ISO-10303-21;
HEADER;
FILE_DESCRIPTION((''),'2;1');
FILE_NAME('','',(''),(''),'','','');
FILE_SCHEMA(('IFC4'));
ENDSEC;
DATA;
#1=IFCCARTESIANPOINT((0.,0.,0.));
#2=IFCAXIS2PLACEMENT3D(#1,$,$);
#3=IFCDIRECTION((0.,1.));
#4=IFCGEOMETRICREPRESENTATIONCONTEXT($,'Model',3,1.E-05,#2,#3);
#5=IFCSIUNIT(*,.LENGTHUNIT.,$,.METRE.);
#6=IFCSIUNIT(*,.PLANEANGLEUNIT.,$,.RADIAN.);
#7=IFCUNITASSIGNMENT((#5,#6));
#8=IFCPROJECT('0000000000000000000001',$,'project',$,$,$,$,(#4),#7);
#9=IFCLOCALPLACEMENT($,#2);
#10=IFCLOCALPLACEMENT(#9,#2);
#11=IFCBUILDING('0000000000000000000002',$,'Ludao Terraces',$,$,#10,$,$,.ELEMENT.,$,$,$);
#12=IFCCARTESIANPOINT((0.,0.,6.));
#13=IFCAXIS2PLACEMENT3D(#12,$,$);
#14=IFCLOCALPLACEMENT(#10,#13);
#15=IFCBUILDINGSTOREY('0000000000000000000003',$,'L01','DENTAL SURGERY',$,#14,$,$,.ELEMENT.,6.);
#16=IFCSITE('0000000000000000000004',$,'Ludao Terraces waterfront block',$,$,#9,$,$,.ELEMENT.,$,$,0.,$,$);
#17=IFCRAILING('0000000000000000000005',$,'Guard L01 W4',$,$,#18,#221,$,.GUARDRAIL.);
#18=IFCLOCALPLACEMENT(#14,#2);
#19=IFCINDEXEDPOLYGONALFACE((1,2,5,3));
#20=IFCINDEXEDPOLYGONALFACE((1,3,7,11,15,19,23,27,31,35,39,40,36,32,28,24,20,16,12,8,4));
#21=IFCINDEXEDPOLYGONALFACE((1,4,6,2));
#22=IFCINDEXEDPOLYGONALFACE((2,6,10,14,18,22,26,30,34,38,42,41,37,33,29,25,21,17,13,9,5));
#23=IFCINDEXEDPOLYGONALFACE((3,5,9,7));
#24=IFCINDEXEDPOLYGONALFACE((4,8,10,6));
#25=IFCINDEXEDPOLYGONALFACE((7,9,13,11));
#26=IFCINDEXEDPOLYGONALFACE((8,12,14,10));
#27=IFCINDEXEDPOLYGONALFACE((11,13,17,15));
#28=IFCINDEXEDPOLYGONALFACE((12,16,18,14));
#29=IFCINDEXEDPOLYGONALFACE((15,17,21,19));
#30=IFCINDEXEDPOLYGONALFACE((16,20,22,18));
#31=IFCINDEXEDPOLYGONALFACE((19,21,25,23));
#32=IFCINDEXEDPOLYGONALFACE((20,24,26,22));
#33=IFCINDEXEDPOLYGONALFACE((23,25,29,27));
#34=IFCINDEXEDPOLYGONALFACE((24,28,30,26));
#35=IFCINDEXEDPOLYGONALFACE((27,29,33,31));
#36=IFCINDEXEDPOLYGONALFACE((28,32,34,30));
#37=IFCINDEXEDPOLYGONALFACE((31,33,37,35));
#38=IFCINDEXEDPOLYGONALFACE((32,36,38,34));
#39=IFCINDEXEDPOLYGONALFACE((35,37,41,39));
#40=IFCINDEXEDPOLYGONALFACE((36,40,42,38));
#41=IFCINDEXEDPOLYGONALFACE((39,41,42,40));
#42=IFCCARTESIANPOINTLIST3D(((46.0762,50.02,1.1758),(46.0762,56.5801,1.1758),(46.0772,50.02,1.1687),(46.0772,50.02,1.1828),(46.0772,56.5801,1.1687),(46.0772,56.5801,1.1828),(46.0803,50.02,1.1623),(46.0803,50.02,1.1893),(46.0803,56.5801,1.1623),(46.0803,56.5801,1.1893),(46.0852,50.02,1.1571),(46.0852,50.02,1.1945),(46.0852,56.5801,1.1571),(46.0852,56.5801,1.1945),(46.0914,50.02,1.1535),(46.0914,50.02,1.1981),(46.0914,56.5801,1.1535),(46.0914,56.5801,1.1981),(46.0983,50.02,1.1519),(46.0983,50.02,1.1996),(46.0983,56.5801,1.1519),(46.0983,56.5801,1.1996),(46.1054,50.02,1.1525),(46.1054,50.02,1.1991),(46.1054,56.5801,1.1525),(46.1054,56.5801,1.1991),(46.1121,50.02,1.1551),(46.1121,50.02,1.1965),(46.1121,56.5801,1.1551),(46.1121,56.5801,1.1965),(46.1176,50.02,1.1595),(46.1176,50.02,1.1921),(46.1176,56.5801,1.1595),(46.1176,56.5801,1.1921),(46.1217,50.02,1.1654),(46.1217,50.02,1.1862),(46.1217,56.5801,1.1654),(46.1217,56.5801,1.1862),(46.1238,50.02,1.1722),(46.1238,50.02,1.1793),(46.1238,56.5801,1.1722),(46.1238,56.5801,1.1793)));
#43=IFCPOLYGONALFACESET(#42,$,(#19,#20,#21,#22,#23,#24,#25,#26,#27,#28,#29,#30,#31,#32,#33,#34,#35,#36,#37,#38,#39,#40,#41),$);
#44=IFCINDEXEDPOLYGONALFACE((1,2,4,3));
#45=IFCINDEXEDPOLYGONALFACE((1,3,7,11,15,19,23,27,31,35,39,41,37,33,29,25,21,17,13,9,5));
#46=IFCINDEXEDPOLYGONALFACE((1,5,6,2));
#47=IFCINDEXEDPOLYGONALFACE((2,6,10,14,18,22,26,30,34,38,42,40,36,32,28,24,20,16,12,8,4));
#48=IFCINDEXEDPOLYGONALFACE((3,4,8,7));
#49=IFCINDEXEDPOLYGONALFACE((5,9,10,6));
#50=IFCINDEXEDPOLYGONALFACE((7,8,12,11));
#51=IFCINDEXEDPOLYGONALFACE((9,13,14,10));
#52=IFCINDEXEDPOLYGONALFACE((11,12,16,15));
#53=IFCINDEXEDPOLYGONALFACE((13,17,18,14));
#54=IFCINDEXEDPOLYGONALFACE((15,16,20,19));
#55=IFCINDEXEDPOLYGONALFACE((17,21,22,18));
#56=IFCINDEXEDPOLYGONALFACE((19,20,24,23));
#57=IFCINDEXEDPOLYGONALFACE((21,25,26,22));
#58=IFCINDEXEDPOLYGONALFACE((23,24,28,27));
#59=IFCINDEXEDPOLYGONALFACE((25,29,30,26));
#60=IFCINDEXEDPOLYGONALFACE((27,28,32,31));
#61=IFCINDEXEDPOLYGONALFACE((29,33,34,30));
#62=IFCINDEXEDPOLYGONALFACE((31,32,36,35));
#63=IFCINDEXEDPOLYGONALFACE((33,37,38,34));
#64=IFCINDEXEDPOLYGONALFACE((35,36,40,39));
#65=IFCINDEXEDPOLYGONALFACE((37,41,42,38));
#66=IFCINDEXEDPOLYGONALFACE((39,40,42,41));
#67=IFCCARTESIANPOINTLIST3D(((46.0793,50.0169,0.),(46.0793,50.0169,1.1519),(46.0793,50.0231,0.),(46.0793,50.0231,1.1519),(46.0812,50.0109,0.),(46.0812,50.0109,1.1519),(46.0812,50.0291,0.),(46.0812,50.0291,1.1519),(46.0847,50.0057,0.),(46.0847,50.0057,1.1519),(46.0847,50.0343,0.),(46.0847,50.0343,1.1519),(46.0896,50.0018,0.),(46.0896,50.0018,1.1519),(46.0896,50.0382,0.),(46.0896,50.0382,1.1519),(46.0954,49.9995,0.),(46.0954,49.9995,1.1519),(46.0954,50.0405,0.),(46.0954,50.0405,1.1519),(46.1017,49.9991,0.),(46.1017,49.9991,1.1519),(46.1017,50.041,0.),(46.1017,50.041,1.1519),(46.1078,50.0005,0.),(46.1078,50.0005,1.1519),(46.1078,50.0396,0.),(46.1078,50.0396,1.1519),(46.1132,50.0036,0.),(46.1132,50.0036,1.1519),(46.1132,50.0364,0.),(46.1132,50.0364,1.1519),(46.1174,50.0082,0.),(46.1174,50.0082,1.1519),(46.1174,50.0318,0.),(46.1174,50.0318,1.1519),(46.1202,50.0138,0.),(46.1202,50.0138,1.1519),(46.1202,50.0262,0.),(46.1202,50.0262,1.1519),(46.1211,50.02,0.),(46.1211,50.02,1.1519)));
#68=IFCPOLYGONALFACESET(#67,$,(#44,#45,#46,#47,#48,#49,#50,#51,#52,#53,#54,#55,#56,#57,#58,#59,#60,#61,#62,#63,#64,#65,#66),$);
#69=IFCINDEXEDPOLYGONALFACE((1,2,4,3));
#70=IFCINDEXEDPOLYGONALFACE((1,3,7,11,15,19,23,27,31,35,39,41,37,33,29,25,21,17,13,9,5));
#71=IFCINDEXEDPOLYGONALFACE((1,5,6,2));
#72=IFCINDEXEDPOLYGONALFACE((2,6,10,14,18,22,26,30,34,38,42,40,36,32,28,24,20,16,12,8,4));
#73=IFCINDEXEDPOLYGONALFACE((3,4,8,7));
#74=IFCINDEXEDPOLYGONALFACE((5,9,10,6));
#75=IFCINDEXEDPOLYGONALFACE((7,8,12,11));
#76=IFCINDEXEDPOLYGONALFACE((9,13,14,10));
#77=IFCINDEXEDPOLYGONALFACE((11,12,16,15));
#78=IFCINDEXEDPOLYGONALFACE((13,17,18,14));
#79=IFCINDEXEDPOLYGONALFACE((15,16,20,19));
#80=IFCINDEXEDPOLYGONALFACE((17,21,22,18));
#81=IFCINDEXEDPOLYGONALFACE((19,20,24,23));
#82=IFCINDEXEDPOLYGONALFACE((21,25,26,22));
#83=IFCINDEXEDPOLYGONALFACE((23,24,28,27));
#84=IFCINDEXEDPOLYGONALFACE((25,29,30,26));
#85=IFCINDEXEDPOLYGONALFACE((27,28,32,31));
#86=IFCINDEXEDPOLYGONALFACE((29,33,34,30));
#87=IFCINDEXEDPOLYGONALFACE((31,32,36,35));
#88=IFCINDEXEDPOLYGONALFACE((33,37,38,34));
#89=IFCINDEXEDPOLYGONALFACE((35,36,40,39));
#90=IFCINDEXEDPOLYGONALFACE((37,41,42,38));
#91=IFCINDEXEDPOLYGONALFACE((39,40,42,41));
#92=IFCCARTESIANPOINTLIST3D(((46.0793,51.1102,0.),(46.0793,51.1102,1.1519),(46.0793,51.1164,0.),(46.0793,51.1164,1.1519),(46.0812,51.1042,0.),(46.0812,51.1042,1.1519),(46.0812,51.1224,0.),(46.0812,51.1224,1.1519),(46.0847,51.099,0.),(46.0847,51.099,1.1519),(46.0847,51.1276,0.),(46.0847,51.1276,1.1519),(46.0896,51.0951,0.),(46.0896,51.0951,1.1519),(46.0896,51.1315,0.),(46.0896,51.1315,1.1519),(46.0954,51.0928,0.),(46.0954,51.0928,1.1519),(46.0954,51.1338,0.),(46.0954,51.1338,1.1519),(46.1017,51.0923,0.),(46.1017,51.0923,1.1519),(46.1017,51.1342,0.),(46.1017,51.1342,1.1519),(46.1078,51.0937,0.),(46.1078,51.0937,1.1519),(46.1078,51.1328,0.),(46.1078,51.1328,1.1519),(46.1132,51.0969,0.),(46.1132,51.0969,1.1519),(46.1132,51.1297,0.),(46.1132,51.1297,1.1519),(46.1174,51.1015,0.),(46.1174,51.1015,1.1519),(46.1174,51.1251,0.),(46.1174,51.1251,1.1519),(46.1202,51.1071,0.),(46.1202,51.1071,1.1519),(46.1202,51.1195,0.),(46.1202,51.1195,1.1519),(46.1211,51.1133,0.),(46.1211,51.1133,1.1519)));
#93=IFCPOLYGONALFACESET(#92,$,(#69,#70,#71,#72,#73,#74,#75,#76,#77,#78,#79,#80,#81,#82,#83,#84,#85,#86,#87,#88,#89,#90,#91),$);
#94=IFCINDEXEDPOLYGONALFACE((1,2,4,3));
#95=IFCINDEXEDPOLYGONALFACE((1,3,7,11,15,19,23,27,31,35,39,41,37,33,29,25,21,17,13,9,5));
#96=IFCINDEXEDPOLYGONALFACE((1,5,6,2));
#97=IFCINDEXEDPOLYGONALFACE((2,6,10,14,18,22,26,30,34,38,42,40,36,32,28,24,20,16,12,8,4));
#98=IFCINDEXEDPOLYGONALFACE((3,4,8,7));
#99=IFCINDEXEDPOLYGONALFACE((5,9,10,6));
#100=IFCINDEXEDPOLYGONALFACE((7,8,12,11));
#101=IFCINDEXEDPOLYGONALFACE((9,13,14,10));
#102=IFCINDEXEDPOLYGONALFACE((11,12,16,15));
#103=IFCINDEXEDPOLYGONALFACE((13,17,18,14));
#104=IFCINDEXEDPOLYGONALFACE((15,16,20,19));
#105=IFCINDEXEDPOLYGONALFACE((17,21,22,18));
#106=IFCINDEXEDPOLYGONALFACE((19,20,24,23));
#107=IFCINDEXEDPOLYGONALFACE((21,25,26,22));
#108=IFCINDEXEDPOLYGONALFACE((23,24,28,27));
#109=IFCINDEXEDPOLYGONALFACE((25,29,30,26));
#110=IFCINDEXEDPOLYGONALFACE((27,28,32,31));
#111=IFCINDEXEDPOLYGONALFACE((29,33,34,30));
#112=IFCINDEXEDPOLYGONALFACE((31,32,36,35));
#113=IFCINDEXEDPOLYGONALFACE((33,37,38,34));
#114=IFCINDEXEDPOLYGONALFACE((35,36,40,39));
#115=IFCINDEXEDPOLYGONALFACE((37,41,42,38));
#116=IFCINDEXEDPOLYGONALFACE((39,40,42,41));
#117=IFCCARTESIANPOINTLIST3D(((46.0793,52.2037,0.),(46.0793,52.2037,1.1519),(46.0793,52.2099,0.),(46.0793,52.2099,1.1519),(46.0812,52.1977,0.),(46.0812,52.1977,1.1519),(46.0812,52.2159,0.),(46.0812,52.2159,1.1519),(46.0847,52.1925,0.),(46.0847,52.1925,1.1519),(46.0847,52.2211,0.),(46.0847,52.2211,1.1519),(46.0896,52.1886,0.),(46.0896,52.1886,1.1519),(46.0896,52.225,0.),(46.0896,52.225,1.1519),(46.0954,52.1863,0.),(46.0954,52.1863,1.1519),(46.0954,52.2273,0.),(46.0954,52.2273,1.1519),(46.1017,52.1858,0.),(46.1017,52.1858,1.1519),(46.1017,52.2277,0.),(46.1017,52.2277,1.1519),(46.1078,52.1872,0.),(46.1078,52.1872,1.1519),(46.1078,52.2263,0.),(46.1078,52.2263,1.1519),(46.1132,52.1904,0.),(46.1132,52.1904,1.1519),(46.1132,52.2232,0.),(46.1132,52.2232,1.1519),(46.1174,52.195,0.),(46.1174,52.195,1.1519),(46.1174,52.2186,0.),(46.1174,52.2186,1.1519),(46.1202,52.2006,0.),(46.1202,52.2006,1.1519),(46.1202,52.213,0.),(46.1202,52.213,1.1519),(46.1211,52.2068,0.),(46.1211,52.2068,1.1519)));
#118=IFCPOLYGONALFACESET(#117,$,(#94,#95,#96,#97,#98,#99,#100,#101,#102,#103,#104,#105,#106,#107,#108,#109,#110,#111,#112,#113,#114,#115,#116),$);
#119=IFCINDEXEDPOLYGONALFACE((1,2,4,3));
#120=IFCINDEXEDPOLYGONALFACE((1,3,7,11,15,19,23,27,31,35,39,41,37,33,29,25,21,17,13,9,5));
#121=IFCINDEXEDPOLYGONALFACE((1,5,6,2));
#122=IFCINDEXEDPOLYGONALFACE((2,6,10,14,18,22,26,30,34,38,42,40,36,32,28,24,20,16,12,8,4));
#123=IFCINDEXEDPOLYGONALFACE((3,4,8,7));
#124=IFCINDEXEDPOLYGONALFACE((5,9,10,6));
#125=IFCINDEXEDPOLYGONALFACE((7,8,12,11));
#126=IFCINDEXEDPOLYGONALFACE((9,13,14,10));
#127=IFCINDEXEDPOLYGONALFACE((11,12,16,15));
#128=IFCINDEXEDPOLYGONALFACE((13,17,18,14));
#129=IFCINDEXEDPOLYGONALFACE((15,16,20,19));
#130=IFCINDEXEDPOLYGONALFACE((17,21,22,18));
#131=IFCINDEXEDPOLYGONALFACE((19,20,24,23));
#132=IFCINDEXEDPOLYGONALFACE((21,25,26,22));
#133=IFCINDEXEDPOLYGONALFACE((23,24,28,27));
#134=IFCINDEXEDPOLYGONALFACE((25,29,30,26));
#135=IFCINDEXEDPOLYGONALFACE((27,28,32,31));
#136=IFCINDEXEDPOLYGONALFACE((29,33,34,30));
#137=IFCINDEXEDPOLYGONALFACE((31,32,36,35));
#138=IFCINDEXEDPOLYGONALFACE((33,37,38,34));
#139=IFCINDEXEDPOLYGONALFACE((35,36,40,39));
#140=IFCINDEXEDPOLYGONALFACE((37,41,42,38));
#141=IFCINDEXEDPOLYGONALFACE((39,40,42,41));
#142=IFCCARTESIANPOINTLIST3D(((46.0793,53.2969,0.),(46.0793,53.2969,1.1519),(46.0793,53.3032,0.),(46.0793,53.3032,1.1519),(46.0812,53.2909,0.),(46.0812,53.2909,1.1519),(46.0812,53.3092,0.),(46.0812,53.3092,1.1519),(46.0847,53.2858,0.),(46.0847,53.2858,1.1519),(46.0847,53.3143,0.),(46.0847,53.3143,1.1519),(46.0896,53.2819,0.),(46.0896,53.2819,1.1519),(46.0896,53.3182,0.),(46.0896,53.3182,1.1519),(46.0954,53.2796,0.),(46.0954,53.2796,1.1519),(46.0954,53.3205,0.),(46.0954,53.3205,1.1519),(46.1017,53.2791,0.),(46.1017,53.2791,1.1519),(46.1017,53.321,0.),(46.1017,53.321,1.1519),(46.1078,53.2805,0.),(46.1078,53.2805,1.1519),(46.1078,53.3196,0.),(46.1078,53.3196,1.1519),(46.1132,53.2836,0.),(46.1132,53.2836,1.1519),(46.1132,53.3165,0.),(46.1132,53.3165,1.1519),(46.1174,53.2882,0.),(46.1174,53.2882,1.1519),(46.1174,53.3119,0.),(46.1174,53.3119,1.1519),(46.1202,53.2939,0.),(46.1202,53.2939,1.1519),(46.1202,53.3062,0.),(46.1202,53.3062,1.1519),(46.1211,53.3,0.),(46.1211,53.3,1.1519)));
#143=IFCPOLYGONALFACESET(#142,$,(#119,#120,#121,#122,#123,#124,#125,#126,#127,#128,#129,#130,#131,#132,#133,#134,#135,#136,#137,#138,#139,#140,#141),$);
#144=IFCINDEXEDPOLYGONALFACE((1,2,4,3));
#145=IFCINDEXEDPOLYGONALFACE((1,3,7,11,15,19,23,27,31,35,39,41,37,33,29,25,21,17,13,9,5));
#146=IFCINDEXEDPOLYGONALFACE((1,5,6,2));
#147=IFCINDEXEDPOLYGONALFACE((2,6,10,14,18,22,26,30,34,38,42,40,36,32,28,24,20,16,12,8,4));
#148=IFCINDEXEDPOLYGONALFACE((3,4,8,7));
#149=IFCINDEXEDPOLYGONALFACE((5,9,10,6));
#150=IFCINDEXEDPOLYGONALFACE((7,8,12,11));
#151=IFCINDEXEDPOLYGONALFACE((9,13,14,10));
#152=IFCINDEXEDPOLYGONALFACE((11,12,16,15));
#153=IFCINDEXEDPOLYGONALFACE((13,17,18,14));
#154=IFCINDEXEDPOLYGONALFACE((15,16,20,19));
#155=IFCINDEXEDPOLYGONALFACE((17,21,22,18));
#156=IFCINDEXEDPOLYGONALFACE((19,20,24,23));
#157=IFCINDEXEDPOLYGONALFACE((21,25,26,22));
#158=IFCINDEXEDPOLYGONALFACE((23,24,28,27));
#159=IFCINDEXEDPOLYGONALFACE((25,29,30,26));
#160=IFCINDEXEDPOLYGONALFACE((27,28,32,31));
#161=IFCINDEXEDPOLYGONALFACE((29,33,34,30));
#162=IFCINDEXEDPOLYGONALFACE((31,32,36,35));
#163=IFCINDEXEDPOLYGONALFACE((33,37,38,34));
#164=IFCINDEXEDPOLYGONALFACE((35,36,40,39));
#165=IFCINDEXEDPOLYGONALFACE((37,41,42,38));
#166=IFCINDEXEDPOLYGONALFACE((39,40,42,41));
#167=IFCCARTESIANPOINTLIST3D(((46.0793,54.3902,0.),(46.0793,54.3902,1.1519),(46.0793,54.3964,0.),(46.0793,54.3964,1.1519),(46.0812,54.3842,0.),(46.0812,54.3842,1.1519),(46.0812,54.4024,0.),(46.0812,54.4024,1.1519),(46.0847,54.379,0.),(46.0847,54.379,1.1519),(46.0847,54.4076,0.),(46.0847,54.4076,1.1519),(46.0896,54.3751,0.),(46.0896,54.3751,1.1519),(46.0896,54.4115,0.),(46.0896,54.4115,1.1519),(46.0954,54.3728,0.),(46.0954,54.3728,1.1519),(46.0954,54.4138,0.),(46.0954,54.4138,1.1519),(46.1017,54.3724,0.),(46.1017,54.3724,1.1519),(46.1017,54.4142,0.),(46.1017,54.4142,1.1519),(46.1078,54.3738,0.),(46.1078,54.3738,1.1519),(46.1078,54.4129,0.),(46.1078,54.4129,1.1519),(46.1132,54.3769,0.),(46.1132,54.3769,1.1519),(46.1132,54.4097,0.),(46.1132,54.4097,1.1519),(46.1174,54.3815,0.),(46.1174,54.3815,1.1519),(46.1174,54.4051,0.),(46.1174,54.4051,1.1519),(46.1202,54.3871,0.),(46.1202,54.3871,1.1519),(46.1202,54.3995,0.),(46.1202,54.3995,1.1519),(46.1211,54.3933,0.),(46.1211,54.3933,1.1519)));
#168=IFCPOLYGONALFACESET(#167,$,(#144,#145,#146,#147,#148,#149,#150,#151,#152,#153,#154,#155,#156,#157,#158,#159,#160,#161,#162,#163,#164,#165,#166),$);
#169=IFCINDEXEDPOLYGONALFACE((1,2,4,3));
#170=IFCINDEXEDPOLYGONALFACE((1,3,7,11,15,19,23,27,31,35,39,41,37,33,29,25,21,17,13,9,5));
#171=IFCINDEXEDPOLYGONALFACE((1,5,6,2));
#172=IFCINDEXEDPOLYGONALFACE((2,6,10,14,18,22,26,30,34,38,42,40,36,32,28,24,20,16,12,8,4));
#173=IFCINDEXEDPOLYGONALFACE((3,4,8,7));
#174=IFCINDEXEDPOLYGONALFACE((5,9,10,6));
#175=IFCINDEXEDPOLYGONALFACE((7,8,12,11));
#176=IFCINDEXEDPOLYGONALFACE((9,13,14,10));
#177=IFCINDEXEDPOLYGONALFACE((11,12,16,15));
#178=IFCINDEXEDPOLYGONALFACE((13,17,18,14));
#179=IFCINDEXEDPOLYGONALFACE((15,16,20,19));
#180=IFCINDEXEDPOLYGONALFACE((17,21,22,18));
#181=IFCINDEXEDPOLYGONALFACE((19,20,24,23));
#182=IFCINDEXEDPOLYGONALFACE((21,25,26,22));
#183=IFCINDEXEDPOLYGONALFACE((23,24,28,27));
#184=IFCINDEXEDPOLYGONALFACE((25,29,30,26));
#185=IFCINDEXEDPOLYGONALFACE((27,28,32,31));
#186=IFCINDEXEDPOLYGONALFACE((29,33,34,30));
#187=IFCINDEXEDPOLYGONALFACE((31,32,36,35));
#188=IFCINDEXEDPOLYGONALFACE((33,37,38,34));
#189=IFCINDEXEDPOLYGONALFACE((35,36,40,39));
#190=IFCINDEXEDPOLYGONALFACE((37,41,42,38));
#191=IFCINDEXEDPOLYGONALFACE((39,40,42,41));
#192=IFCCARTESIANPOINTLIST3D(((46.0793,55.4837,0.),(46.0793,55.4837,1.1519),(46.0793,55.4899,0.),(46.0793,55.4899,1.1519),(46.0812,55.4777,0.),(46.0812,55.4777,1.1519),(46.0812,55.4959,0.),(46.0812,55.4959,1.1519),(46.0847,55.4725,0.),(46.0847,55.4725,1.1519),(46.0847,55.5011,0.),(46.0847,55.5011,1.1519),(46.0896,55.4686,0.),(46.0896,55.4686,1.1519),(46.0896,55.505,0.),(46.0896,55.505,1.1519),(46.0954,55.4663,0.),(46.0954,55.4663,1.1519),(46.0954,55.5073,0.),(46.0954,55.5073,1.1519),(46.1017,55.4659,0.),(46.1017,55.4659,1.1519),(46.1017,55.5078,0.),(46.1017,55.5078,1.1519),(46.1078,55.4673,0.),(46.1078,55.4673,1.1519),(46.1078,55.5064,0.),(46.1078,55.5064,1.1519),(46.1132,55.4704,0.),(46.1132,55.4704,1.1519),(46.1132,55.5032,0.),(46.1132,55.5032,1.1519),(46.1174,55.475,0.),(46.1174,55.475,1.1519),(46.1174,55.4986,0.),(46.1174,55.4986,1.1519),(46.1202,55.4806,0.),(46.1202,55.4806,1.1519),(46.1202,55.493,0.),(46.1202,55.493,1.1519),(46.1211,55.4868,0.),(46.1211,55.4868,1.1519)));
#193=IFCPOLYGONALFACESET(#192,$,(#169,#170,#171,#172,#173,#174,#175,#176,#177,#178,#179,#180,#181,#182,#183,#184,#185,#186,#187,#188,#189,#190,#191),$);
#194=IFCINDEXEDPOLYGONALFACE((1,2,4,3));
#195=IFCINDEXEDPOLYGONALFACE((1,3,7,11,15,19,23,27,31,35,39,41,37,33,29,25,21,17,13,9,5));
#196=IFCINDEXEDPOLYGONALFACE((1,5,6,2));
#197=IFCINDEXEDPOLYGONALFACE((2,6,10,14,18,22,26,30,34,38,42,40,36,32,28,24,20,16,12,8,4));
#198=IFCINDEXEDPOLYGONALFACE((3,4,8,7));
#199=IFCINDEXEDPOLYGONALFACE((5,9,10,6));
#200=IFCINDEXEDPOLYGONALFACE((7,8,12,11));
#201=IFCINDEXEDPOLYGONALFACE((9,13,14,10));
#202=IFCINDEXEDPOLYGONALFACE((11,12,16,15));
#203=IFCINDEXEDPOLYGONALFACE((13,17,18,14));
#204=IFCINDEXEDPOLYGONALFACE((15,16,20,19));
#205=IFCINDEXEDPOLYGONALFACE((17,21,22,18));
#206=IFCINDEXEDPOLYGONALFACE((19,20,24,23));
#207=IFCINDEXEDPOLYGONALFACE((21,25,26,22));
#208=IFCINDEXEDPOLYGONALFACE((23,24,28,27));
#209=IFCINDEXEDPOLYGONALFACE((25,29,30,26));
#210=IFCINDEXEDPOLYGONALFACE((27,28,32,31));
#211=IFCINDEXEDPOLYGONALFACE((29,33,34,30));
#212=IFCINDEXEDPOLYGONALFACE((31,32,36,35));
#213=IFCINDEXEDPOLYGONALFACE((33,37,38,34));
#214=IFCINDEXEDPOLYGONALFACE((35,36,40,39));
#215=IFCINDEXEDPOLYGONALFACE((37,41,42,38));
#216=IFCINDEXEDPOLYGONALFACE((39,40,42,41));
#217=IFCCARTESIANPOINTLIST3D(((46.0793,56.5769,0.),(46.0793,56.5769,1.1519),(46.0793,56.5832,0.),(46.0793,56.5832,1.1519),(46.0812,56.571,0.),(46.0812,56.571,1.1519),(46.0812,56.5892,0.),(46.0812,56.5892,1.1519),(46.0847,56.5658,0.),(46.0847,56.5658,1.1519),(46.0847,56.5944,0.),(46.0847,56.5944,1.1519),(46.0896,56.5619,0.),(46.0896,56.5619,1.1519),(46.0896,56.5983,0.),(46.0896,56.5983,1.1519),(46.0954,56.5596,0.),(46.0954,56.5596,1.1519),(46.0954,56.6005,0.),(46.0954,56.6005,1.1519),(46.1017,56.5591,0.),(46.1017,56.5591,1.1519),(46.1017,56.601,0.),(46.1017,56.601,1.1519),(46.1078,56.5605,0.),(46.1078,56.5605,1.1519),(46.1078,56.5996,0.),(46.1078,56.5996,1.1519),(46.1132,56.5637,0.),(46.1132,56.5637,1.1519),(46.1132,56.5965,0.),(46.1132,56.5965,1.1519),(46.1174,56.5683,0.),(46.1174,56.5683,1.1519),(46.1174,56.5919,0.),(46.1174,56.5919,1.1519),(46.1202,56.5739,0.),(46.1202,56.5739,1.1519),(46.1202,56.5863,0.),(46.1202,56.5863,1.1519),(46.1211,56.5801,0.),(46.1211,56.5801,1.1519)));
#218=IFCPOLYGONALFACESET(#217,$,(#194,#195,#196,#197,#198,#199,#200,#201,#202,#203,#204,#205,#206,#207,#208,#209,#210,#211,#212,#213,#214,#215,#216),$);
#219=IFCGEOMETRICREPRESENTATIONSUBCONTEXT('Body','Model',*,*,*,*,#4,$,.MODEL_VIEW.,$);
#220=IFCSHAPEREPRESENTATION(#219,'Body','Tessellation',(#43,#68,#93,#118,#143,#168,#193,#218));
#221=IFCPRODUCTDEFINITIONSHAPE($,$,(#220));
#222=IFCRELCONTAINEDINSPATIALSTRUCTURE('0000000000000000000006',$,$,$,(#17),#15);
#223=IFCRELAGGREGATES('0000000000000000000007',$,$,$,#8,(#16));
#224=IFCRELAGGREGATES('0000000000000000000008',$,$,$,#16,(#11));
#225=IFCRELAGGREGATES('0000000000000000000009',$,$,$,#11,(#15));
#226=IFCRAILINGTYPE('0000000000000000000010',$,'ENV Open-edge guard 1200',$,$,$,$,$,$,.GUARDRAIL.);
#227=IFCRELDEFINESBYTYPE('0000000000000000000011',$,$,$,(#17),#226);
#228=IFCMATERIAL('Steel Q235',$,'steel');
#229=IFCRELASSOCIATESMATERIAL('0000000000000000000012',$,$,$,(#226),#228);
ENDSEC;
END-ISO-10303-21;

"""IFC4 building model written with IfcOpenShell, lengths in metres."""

from ifc_helpers import new_model, si_unit, direction, frame, origin, origin_2d, place, context, subcontext, project, spatial, circle, extrude, material, type_object, element, save


model = new_model("IFC4")

# Units and contexts
model_context = context("Model", 3, precision=1e-05, world=origin(), true_north=direction((0.0, 1.0)))
body_context = subcontext(model_context, "Body", "Model", "MODEL_VIEW")
ifc_project = project(units=[si_unit("LENGTHUNIT", "METRE"), si_unit("PLANEANGLEUNIT", "RADIAN")], contexts=[model_context])

# Site, building, storey
site_placement = place(None, origin())
site = spatial("IfcSite", under=ifc_project, at=site_placement, Name="Ludao Terraces waterfront block", CompositionType="ELEMENT", RefElevation=0.0)
building_placement = place(site_placement, origin())
building = spatial("IfcBuilding", under=site, at=building_placement, Name="Ludao Terraces", CompositionType="ELEMENT")
storey_placement = place(building_placement, frame((0.0, 0.0, 6.0)))
storey = spatial("IfcBuildingStorey", under=building, at=storey_placement, Name="L01", Description="DENTAL SURGERY", CompositionType="ELEMENT", Elevation=6.0)

# Shared definitions
ifc_material_1 = material(Name="Steel Q235", Category="steel")

# Railing
railing_type = type_object("IfcRailingType", Name="ENV Open-edge guard 1200", PredefinedType="GUARDRAIL", material=ifc_material_1)
railing_placement = place(storey_placement, frame((46.1001, 50.02, 0.0)))
element("IfcRailing", 1, at=railing_placement, inside=storey, type_object=railing_type, Name="Guard L01 W4", PredefinedType="GUARDRAIL", context=body_context, shape_type="SweptSolid", body=[
    extrude(circle(Radius=0.0239, at=origin_2d()), frame((0.0, 0.0, 1.1758), z_axis=(0.0, 1.0, 0.0), x_axis=(-1.0, 0.0, 0.0)), (0.0, 0.0, 1.0), 6.5601),
    extrude(circle(Radius=0.021, at=origin_2d()), origin(), (0.0, 0.0, 1.0), 1.1519),
    extrude(circle(Radius=0.021, at=origin_2d()), frame((0.0, 1.0933, 0.0)), (0.0, 0.0, 1.0), 1.1519),
    extrude(circle(Radius=0.021, at=origin_2d()), frame((0.0, 2.1868, 0.0)), (0.0, 0.0, 1.0), 1.1519),
    extrude(circle(Radius=0.021, at=origin_2d()), frame((0.0, 3.28, 0.0)), (0.0, 0.0, 1.0), 1.1519),
    extrude(circle(Radius=0.021, at=origin_2d()), frame((0.0, 4.3733, 0.0)), (0.0, 0.0, 1.0), 1.1519),
    extrude(circle(Radius=0.021, at=origin_2d()), frame((0.0, 5.4668, 0.0)), (0.0, 0.0, 1.0), 1.1519),
    extrude(circle(Radius=0.021, at=origin_2d()), frame((0.0, 6.5601, 0.0)), (0.0, 0.0, 1.0), 1.1519),
])

save(model, "model.ifc")
